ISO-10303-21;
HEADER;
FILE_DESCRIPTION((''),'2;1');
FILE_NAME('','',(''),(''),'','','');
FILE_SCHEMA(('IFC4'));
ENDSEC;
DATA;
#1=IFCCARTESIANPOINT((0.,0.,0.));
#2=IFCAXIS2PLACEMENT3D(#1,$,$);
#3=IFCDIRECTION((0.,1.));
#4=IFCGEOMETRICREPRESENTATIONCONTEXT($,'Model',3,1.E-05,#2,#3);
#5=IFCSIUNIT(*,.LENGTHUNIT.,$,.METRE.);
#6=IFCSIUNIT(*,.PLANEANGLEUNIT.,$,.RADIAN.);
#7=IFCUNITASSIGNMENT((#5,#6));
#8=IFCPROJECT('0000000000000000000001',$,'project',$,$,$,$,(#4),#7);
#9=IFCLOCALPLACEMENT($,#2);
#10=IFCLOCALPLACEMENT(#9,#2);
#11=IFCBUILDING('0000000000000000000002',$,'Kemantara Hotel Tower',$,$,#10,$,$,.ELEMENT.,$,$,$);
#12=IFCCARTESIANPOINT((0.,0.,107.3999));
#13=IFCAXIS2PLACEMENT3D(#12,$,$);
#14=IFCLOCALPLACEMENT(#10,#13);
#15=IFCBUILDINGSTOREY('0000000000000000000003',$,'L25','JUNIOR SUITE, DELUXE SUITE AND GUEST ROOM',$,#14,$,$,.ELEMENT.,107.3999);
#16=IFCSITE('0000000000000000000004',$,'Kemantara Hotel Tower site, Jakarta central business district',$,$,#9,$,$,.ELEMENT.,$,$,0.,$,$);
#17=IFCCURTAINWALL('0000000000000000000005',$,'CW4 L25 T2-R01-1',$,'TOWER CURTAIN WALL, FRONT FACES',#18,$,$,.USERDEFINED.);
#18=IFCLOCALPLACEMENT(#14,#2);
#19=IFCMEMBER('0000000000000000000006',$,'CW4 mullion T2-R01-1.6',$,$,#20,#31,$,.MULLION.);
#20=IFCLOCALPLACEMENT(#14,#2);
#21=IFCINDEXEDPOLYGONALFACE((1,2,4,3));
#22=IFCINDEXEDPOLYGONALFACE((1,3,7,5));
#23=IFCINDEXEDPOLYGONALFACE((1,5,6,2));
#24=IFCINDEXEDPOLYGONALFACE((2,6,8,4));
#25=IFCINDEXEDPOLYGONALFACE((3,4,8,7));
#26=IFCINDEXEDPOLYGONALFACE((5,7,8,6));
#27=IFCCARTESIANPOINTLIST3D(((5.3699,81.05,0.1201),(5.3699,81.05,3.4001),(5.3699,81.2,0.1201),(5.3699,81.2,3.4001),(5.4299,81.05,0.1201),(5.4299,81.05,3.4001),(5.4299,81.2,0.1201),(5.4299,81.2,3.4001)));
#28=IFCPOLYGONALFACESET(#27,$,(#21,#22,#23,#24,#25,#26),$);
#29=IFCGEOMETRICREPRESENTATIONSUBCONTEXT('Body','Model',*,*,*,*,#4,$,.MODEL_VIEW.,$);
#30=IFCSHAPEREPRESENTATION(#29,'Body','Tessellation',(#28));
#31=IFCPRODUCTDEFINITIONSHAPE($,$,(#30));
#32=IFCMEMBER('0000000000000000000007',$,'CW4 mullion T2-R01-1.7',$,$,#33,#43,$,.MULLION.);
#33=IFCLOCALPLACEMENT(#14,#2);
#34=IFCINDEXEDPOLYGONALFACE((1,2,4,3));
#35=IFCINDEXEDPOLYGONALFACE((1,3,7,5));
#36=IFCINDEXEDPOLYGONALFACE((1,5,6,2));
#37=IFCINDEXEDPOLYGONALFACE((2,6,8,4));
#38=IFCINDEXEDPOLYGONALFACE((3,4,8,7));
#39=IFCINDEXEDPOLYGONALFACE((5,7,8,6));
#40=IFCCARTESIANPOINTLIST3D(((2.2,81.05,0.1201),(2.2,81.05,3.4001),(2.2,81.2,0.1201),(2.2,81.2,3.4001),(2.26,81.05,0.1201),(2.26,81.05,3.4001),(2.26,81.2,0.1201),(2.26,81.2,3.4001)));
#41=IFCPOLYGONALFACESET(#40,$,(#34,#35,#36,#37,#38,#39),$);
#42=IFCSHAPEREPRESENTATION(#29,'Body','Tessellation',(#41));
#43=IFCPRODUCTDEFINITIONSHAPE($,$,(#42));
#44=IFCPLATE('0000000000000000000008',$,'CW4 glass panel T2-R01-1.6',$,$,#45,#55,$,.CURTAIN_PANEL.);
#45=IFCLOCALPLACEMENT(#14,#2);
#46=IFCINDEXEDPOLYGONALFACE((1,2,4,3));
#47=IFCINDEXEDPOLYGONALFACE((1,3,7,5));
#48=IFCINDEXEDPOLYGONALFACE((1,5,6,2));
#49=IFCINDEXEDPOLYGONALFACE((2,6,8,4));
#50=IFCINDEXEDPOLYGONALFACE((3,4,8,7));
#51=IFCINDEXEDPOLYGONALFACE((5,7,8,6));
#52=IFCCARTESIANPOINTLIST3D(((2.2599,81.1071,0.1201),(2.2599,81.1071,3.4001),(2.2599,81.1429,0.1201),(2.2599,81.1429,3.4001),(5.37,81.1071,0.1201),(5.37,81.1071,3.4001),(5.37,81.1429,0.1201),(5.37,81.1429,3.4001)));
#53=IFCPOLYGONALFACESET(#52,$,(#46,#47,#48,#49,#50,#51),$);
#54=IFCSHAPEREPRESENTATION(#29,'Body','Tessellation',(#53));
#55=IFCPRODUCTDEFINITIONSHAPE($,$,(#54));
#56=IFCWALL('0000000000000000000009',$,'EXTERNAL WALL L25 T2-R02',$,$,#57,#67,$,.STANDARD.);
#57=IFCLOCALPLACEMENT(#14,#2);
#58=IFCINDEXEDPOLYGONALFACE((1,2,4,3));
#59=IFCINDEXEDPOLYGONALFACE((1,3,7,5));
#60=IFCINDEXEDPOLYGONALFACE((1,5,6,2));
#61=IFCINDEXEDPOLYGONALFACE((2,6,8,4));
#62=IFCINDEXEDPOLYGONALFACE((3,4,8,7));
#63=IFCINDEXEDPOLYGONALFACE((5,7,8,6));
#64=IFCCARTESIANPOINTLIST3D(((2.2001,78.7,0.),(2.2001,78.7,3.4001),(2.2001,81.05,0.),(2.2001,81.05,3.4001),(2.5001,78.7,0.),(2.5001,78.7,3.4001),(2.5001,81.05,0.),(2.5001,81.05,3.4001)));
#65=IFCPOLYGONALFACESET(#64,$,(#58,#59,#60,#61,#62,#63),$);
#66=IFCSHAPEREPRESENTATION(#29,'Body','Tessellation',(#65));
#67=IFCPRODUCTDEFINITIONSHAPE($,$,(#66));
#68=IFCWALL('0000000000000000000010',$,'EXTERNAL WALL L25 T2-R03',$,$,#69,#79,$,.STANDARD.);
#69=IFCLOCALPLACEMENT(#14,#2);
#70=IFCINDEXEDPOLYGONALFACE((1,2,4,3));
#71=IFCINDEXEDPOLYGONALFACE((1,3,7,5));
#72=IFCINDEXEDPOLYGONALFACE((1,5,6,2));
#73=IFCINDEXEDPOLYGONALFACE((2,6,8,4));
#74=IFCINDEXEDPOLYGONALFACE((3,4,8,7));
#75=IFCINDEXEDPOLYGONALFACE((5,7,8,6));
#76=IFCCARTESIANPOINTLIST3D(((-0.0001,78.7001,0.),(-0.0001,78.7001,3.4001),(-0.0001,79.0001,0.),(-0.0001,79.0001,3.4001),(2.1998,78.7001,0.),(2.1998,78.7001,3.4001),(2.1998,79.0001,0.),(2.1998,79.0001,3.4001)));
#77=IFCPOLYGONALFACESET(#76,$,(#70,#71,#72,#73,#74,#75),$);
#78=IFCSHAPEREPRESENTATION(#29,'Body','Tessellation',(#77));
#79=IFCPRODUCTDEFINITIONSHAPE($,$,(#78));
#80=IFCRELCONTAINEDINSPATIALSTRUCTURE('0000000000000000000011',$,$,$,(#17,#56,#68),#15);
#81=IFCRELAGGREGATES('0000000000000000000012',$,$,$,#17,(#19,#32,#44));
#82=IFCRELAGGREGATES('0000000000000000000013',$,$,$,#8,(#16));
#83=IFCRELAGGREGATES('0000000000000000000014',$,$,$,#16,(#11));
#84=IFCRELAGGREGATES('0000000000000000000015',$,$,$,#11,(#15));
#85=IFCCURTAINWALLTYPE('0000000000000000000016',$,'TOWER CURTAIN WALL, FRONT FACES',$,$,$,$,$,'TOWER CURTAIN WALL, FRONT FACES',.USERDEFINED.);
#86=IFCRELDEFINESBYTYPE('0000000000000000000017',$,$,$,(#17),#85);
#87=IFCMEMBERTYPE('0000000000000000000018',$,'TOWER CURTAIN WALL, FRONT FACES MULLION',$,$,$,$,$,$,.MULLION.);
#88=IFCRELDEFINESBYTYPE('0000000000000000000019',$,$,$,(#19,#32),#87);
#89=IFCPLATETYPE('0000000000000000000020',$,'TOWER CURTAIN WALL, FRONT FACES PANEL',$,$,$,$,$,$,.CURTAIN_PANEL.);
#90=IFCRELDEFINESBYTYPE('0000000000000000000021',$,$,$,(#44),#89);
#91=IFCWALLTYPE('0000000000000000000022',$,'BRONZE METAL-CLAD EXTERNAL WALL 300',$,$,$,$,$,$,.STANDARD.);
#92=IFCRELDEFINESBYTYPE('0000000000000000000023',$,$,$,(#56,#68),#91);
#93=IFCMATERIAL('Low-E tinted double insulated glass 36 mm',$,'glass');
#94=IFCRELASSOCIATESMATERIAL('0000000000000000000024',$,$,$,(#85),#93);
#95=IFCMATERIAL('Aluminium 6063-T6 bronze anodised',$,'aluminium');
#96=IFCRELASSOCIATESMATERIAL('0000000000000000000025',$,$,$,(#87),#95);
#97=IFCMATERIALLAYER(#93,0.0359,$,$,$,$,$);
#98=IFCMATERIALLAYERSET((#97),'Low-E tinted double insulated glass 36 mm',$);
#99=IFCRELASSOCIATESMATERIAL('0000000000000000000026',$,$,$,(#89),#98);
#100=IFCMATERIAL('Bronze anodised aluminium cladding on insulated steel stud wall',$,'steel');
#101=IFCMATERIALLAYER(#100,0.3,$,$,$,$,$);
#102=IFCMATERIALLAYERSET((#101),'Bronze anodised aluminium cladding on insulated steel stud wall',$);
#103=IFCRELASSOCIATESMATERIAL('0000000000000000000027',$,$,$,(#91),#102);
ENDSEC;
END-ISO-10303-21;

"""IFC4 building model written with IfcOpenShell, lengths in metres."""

from ifc_helpers import new_model, si_unit, direction, frame, frame_2d, origin, origin_2d, place, context, subcontext, project, spatial, rectangle, extrude, source, transform, mapped, material, layer, layer_set, material_profile, profile_set, type_object, element, aggregate, save


model = new_model("IFC4")

# Units and contexts
model_context = context("Model", 3, precision=1e-05, world=origin(), true_north=direction((0.0, 1.0)))
body_context = subcontext(model_context, "Body", "Model", "MODEL_VIEW")
ifc_project = project(units=[si_unit("LENGTHUNIT", "METRE"), si_unit("PLANEANGLEUNIT", "RADIAN")], contexts=[model_context])

# Site, building, storey
site_placement = place(None, origin())
site = spatial("IfcSite", under=ifc_project, at=site_placement, Name="Kemantara Hotel Tower site, Jakarta central business district", CompositionType="ELEMENT", RefElevation=0.0)
building_placement = place(site_placement, origin())
building = spatial("IfcBuilding", under=site, at=building_placement, Name="Kemantara Hotel Tower", CompositionType="ELEMENT")
storey_placement = place(building_placement, frame((0.0, 0.0, 107.3999)))
storey = spatial("IfcBuildingStorey", under=building, at=storey_placement, Name="L25", Description="JUNIOR SUITE, DELUXE SUITE AND GUEST ROOM", CompositionType="ELEMENT", Elevation=107.3999)

# Curtain wall, members, plate
ifc_material_1 = material(Name="Low-E tinted double insulated glass 36 mm", Category="glass")
curtain_wall_type = type_object("IfcCurtainWallType", Name="TOWER CURTAIN WALL, FRONT FACES", ElementType="TOWER CURTAIN WALL, FRONT FACES", PredefinedType="USERDEFINED", material=ifc_material_1)
curtain_wall_placement = place(storey_placement, origin())
curtain_wall = element("IfcCurtainWall", 1, at=curtain_wall_placement, inside=storey, type_object=curtain_wall_type, Name="CW4 L25 T2-R01-1", ObjectType="TOWER CURTAIN WALL, FRONT FACES", PredefinedType="USERDEFINED")
ifc_material_2 = material(Name="Aluminium 6063-T6 bronze anodised", Category="aluminium")
ifc_material_profile = material_profile(ifc_material_2, rectangle(XDim=0.1499, YDim=0.0601, at=origin_2d()), Name="TOWER CURTAIN WALL, FRONT FACES MULLION")
ifc_profile_set = profile_set([ifc_material_profile], Name="Aluminium 6063-T6 bronze anodised")
member_type = type_object("IfcMemberType", Name="TOWER CURTAIN WALL, FRONT FACES MULLION", PredefinedType="MULLION", material=ifc_profile_set)
shared_shape_1 = source(origin(), body_context, "Body", "SweptSolid", [
    extrude(rectangle(XDim=0.1499, YDim=0.0601, at=origin_2d()), origin(), (0.0, 0.0, 1.0), 3.28),
])
member_1_placement = place(storey_placement, frame((5.3999, 81.125, 0.1201), z_axis=(0.0, 0.0, 1.0), x_axis=(0.0, -1.0, 0.0)))
member_1 = element("IfcMember", 2, at=member_1_placement, type_object=member_type, Name="CW4 mullion T2-R01-1.6", PredefinedType="MULLION", context=body_context, shape_type="MappedRepresentation", body=[
    mapped(shared_shape_1, transform((0.0, 0.0, 0.0))),
])
member_2_placement = place(storey_placement, frame((2.23, 81.125, 0.1201), z_axis=(0.0, 0.0, 1.0), x_axis=(0.0, -1.0, 0.0)))
member_2 = element("IfcMember", 3, at=member_2_placement, type_object=member_type, Name="CW4 mullion T2-R01-1.7", PredefinedType="MULLION", context=body_context, shape_type="MappedRepresentation", body=[
    mapped(shared_shape_1, transform((0.0, 0.0, 0.0))),
])
ifc_layer_1 = layer(ifc_material_1, 0.0359)
ifc_layer_set_1 = layer_set([ifc_layer_1], Name="Low-E tinted double insulated glass 36 mm")
plate_type = type_object("IfcPlateType", Name="TOWER CURTAIN WALL, FRONT FACES PANEL", PredefinedType="CURTAIN_PANEL", material=ifc_layer_set_1)
shared_shape_2 = source(origin(), body_context, "Body", "SweptSolid", [
    extrude(rectangle(XDim=3.1101, YDim=0.0359, at=origin_2d()), origin(), (0.0, 0.0, 1.0), 3.28),
])
plate_placement = place(storey_placement, frame((3.8149, 81.125, 0.1201), z_axis=(0.0, 0.0, 1.0), x_axis=(-1.0, 0.0, 0.0)))
plate = element("IfcPlate", 4, at=plate_placement, type_object=plate_type, Name="CW4 glass panel T2-R01-1.6", PredefinedType="CURTAIN_PANEL", context=body_context, shape_type="MappedRepresentation", body=[
    mapped(shared_shape_2, transform((0.0, 0.0, 0.0))),
])
aggregate(curtain_wall, [member_1, member_2, plate])

# Walls
ifc_material_3 = material(Name="Bronze anodised aluminium cladding on insulated steel stud wall", Category="steel")
ifc_layer_2 = layer(ifc_material_3, 0.3)
ifc_layer_set_2 = layer_set([ifc_layer_2], Name="Bronze anodised aluminium cladding on insulated steel stud wall")
wall_type = type_object("IfcWallType", Name="BRONZE METAL-CLAD EXTERNAL WALL 300", PredefinedType="STANDARD", material=ifc_layer_set_2)
wall_1_placement = place(storey_placement, frame((2.3501, 81.05, 0.0), z_axis=(0.0, 0.0, 1.0), x_axis=(0.0, -1.0, 0.0)))
element("IfcWall", 5, at=wall_1_placement, inside=storey, type_object=wall_type, Name="EXTERNAL WALL L25 T2-R02", PredefinedType="STANDARD", context=body_context, shape_type="SweptSolid", body=[
    extrude(rectangle(XDim=2.3501, YDim=0.3, at=frame_2d((1.175, 0.0))), origin(), (0.0, 0.0, 1.0), 3.4001),
])
wall_2_placement = place(storey_placement, frame((2.2, 78.8501, 0.0), z_axis=(0.0, 0.0, 1.0), x_axis=(-1.0, 0.0, 0.0)))
element("IfcWall", 6, at=wall_2_placement, inside=storey, type_object=wall_type, Name="EXTERNAL WALL L25 T2-R03", PredefinedType="STANDARD", context=body_context, shape_type="SweptSolid", body=[
    extrude(rectangle(XDim=2.2, YDim=0.3, at=frame_2d((1.1001, 0.0))), origin(), (0.0, 0.0, 1.0), 3.4001),
])

save(model, "model.ifc")
